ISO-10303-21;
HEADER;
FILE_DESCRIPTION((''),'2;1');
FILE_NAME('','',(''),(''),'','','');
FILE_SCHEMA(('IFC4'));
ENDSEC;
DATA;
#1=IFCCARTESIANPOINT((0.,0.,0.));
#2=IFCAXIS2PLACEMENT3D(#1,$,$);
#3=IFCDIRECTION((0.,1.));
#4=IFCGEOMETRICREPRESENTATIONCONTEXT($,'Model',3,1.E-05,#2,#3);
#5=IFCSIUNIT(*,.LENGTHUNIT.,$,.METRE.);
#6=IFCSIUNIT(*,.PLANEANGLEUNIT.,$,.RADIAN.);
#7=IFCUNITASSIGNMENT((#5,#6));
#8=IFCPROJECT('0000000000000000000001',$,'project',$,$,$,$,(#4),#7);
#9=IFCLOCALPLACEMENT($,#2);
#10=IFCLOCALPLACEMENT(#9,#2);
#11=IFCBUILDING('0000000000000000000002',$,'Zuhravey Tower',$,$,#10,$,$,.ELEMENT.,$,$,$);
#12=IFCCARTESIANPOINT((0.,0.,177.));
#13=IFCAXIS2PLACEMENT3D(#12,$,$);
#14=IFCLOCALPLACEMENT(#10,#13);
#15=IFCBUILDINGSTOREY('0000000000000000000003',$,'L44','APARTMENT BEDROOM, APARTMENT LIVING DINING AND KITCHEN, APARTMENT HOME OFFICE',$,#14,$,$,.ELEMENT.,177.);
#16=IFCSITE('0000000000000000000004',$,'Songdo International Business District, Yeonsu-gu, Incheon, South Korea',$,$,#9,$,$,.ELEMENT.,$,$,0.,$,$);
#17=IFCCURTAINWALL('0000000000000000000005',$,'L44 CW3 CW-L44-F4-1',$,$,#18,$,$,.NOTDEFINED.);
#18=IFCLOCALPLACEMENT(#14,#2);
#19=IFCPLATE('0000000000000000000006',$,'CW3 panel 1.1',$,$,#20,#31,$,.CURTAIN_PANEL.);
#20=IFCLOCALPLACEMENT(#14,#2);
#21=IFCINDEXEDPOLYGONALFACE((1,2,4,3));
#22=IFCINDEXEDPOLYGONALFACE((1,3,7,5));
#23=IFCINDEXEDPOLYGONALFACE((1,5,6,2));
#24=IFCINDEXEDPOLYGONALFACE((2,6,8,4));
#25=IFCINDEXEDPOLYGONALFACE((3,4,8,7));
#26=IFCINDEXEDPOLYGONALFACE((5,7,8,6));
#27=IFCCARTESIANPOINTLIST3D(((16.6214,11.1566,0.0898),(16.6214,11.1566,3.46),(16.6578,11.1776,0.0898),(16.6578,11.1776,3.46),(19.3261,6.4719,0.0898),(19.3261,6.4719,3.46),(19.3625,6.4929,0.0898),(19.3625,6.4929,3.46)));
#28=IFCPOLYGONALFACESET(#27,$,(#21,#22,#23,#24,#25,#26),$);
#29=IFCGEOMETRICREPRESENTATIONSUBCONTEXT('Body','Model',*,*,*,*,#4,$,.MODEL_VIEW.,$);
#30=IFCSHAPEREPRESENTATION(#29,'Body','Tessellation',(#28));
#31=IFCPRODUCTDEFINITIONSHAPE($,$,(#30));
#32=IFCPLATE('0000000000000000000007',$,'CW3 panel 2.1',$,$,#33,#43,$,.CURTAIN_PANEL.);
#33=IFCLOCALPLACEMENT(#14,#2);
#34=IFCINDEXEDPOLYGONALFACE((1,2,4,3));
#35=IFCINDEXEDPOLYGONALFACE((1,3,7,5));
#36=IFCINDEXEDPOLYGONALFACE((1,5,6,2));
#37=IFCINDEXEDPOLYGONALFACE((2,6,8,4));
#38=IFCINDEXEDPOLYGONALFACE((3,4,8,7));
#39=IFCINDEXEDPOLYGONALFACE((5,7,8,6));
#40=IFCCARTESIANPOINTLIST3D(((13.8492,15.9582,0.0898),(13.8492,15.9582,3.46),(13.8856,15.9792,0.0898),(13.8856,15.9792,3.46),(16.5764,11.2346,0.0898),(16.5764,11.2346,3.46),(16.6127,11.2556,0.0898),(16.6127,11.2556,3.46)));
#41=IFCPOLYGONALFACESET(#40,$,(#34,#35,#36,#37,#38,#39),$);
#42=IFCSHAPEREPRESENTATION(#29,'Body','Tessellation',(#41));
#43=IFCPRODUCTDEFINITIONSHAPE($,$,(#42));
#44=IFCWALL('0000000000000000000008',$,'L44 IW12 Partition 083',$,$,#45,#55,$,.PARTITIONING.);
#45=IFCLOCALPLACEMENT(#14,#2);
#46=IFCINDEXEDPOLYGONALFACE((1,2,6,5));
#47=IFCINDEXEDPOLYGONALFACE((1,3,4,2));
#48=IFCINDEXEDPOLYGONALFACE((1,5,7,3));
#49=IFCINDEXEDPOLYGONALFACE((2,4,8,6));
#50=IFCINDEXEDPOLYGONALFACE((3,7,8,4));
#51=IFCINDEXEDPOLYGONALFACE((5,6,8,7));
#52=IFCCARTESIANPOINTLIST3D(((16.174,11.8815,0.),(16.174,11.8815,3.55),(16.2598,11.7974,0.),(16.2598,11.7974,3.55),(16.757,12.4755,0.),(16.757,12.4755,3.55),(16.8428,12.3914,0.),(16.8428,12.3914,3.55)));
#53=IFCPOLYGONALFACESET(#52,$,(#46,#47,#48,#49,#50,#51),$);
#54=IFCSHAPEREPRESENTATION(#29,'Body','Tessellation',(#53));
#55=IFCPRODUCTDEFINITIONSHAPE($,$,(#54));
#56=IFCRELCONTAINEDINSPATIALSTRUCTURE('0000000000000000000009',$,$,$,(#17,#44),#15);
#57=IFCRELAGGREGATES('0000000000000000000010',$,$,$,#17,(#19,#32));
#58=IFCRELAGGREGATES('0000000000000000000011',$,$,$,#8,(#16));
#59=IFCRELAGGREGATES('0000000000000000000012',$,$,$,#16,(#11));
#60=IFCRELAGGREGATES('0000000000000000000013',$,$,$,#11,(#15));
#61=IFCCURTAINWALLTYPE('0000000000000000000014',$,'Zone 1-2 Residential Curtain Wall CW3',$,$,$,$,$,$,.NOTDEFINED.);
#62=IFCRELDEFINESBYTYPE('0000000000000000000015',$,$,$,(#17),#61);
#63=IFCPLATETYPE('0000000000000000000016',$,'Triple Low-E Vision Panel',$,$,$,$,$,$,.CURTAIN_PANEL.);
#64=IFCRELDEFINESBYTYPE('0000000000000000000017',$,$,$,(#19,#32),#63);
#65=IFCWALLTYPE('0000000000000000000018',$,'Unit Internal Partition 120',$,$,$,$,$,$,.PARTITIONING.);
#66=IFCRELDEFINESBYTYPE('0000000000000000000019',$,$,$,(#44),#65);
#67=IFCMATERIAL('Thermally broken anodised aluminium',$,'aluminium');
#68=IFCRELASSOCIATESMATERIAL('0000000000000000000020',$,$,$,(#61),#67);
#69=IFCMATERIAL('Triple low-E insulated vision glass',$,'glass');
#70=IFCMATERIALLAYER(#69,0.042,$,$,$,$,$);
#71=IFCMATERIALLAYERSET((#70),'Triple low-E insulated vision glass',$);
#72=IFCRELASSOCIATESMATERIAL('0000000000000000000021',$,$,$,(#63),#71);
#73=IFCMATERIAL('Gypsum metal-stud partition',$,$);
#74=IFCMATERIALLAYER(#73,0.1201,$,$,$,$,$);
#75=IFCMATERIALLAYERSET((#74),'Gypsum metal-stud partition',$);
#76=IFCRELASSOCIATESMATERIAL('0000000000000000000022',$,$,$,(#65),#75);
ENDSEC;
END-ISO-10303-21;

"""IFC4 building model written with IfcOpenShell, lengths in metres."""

from ifc_helpers import new_model, si_unit, direction, frame, frame_2d, origin, origin_2d, place, context, subcontext, project, spatial, rectangle, extrude, material, layer, layer_set, type_object, element, aggregate, save


model = new_model("IFC4")

# Units and contexts
model_context = context("Model", 3, precision=1e-05, world=origin(), true_north=direction((0.0, 1.0)))
body_context = subcontext(model_context, "Body", "Model", "MODEL_VIEW")
ifc_project = project(units=[si_unit("LENGTHUNIT", "METRE"), si_unit("PLANEANGLEUNIT", "RADIAN")], contexts=[model_context])

# Site, building, storey
site_placement = place(None, origin())
site = spatial("IfcSite", under=ifc_project, at=site_placement, Name="Songdo International Business District, Yeonsu-gu, Incheon, South Korea", CompositionType="ELEMENT", RefElevation=0.0)
building_placement = place(site_placement, origin())
building = spatial("IfcBuilding", under=site, at=building_placement, Name="Zuhravey Tower", CompositionType="ELEMENT")
storey_placement = place(building_placement, frame((0.0, 0.0, 177.0)))
storey = spatial("IfcBuildingStorey", under=building, at=storey_placement, Name="L44", Description="APARTMENT BEDROOM, APARTMENT LIVING DINING AND KITCHEN, APARTMENT HOME OFFICE", CompositionType="ELEMENT", Elevation=177.0)

# Curtain wall
ifc_material_1 = material(Name="Thermally broken anodised aluminium", Category="aluminium")
curtain_wall_type = type_object("IfcCurtainWallType", Name="Zone 1-2 Residential Curtain Wall CW3", PredefinedType="NOTDEFINED", material=ifc_material_1)
curtain_wall_placement = place(storey_placement, origin())
curtain_wall = element("IfcCurtainWall", 1, at=curtain_wall_placement, inside=storey, type_object=curtain_wall_type, Name="L44 CW3 CW-L44-F4-1", PredefinedType="NOTDEFINED")

# Plates
ifc_material_2 = material(Name="Triple low-E insulated vision glass", Category="glass")
ifc_layer_1 = layer(ifc_material_2, 0.042)
ifc_layer_set_1 = layer_set([ifc_layer_1], Name="Triple low-E insulated vision glass")
plate_type_1 = type_object("IfcPlateType", Name="Triple Low-E Vision Panel", PredefinedType="CURTAIN_PANEL", material=ifc_layer_set_1)
plate_1_placement = place(storey_placement, frame((17.9919, 8.8247, 0.0898), z_axis=(0.0, 0.0, 1.0), x_axis=(-0.5, 0.866025, 0.0)))
plate_1 = element("IfcPlate", 2, at=plate_1_placement, type_object=plate_type_1, Name="CW3 panel 1.1", PredefinedType="CURTAIN_PANEL", context=body_context, shape_type="SweptSolid", body=[
    extrude(rectangle(XDim=5.4094, YDim=0.042, at=origin_2d()), origin(), (0.0, 0.0, 1.0), 3.3701),
])
plate_2_placement = place(storey_placement, frame((15.231, 13.6069, 0.0898), z_axis=(0.0, 0.0, 1.0), x_axis=(-0.5, 0.866025, 0.0)))
plate_2 = element("IfcPlate", 3, at=plate_2_placement, type_object=plate_type_1, Name="CW3 panel 2.1", PredefinedType="CURTAIN_PANEL", context=body_context, shape_type="SweptSolid", body=[
    extrude(rectangle(XDim=5.4543, YDim=0.042, at=origin_2d()), origin(), (0.0, 0.0, 1.0), 3.3701),
])
aggregate(curtain_wall, [plate_1, plate_2])

# Wall
ifc_material_3 = material(Name="Gypsum metal-stud partition")
ifc_layer_2 = layer(ifc_material_3, 0.1201)
ifc_layer_set_2 = layer_set([ifc_layer_2], Name="Gypsum metal-stud partition")
wall_type = type_object("IfcWallType", Name="Unit Internal Partition 120", PredefinedType="PARTITIONING", material=ifc_layer_set_2)
wall_placement = place(storey_placement, frame((16.7998, 12.4333, 0.0), z_axis=(0.0, 0.0, 1.0), x_axis=(-0.700476, -0.713676, 0.0)))
element("IfcWall", 4, at=wall_placement, inside=storey, type_object=wall_type, Name="L44 IW12 Partition 083", PredefinedType="PARTITIONING", context=body_context, shape_type="SweptSolid", body=[
    extrude(rectangle(XDim=0.8323, YDim=0.1201, at=frame_2d((0.416, 0.0))), origin(), (0.0, 0.0, 1.0), 3.55),
])

save(model, "model.ifc")
